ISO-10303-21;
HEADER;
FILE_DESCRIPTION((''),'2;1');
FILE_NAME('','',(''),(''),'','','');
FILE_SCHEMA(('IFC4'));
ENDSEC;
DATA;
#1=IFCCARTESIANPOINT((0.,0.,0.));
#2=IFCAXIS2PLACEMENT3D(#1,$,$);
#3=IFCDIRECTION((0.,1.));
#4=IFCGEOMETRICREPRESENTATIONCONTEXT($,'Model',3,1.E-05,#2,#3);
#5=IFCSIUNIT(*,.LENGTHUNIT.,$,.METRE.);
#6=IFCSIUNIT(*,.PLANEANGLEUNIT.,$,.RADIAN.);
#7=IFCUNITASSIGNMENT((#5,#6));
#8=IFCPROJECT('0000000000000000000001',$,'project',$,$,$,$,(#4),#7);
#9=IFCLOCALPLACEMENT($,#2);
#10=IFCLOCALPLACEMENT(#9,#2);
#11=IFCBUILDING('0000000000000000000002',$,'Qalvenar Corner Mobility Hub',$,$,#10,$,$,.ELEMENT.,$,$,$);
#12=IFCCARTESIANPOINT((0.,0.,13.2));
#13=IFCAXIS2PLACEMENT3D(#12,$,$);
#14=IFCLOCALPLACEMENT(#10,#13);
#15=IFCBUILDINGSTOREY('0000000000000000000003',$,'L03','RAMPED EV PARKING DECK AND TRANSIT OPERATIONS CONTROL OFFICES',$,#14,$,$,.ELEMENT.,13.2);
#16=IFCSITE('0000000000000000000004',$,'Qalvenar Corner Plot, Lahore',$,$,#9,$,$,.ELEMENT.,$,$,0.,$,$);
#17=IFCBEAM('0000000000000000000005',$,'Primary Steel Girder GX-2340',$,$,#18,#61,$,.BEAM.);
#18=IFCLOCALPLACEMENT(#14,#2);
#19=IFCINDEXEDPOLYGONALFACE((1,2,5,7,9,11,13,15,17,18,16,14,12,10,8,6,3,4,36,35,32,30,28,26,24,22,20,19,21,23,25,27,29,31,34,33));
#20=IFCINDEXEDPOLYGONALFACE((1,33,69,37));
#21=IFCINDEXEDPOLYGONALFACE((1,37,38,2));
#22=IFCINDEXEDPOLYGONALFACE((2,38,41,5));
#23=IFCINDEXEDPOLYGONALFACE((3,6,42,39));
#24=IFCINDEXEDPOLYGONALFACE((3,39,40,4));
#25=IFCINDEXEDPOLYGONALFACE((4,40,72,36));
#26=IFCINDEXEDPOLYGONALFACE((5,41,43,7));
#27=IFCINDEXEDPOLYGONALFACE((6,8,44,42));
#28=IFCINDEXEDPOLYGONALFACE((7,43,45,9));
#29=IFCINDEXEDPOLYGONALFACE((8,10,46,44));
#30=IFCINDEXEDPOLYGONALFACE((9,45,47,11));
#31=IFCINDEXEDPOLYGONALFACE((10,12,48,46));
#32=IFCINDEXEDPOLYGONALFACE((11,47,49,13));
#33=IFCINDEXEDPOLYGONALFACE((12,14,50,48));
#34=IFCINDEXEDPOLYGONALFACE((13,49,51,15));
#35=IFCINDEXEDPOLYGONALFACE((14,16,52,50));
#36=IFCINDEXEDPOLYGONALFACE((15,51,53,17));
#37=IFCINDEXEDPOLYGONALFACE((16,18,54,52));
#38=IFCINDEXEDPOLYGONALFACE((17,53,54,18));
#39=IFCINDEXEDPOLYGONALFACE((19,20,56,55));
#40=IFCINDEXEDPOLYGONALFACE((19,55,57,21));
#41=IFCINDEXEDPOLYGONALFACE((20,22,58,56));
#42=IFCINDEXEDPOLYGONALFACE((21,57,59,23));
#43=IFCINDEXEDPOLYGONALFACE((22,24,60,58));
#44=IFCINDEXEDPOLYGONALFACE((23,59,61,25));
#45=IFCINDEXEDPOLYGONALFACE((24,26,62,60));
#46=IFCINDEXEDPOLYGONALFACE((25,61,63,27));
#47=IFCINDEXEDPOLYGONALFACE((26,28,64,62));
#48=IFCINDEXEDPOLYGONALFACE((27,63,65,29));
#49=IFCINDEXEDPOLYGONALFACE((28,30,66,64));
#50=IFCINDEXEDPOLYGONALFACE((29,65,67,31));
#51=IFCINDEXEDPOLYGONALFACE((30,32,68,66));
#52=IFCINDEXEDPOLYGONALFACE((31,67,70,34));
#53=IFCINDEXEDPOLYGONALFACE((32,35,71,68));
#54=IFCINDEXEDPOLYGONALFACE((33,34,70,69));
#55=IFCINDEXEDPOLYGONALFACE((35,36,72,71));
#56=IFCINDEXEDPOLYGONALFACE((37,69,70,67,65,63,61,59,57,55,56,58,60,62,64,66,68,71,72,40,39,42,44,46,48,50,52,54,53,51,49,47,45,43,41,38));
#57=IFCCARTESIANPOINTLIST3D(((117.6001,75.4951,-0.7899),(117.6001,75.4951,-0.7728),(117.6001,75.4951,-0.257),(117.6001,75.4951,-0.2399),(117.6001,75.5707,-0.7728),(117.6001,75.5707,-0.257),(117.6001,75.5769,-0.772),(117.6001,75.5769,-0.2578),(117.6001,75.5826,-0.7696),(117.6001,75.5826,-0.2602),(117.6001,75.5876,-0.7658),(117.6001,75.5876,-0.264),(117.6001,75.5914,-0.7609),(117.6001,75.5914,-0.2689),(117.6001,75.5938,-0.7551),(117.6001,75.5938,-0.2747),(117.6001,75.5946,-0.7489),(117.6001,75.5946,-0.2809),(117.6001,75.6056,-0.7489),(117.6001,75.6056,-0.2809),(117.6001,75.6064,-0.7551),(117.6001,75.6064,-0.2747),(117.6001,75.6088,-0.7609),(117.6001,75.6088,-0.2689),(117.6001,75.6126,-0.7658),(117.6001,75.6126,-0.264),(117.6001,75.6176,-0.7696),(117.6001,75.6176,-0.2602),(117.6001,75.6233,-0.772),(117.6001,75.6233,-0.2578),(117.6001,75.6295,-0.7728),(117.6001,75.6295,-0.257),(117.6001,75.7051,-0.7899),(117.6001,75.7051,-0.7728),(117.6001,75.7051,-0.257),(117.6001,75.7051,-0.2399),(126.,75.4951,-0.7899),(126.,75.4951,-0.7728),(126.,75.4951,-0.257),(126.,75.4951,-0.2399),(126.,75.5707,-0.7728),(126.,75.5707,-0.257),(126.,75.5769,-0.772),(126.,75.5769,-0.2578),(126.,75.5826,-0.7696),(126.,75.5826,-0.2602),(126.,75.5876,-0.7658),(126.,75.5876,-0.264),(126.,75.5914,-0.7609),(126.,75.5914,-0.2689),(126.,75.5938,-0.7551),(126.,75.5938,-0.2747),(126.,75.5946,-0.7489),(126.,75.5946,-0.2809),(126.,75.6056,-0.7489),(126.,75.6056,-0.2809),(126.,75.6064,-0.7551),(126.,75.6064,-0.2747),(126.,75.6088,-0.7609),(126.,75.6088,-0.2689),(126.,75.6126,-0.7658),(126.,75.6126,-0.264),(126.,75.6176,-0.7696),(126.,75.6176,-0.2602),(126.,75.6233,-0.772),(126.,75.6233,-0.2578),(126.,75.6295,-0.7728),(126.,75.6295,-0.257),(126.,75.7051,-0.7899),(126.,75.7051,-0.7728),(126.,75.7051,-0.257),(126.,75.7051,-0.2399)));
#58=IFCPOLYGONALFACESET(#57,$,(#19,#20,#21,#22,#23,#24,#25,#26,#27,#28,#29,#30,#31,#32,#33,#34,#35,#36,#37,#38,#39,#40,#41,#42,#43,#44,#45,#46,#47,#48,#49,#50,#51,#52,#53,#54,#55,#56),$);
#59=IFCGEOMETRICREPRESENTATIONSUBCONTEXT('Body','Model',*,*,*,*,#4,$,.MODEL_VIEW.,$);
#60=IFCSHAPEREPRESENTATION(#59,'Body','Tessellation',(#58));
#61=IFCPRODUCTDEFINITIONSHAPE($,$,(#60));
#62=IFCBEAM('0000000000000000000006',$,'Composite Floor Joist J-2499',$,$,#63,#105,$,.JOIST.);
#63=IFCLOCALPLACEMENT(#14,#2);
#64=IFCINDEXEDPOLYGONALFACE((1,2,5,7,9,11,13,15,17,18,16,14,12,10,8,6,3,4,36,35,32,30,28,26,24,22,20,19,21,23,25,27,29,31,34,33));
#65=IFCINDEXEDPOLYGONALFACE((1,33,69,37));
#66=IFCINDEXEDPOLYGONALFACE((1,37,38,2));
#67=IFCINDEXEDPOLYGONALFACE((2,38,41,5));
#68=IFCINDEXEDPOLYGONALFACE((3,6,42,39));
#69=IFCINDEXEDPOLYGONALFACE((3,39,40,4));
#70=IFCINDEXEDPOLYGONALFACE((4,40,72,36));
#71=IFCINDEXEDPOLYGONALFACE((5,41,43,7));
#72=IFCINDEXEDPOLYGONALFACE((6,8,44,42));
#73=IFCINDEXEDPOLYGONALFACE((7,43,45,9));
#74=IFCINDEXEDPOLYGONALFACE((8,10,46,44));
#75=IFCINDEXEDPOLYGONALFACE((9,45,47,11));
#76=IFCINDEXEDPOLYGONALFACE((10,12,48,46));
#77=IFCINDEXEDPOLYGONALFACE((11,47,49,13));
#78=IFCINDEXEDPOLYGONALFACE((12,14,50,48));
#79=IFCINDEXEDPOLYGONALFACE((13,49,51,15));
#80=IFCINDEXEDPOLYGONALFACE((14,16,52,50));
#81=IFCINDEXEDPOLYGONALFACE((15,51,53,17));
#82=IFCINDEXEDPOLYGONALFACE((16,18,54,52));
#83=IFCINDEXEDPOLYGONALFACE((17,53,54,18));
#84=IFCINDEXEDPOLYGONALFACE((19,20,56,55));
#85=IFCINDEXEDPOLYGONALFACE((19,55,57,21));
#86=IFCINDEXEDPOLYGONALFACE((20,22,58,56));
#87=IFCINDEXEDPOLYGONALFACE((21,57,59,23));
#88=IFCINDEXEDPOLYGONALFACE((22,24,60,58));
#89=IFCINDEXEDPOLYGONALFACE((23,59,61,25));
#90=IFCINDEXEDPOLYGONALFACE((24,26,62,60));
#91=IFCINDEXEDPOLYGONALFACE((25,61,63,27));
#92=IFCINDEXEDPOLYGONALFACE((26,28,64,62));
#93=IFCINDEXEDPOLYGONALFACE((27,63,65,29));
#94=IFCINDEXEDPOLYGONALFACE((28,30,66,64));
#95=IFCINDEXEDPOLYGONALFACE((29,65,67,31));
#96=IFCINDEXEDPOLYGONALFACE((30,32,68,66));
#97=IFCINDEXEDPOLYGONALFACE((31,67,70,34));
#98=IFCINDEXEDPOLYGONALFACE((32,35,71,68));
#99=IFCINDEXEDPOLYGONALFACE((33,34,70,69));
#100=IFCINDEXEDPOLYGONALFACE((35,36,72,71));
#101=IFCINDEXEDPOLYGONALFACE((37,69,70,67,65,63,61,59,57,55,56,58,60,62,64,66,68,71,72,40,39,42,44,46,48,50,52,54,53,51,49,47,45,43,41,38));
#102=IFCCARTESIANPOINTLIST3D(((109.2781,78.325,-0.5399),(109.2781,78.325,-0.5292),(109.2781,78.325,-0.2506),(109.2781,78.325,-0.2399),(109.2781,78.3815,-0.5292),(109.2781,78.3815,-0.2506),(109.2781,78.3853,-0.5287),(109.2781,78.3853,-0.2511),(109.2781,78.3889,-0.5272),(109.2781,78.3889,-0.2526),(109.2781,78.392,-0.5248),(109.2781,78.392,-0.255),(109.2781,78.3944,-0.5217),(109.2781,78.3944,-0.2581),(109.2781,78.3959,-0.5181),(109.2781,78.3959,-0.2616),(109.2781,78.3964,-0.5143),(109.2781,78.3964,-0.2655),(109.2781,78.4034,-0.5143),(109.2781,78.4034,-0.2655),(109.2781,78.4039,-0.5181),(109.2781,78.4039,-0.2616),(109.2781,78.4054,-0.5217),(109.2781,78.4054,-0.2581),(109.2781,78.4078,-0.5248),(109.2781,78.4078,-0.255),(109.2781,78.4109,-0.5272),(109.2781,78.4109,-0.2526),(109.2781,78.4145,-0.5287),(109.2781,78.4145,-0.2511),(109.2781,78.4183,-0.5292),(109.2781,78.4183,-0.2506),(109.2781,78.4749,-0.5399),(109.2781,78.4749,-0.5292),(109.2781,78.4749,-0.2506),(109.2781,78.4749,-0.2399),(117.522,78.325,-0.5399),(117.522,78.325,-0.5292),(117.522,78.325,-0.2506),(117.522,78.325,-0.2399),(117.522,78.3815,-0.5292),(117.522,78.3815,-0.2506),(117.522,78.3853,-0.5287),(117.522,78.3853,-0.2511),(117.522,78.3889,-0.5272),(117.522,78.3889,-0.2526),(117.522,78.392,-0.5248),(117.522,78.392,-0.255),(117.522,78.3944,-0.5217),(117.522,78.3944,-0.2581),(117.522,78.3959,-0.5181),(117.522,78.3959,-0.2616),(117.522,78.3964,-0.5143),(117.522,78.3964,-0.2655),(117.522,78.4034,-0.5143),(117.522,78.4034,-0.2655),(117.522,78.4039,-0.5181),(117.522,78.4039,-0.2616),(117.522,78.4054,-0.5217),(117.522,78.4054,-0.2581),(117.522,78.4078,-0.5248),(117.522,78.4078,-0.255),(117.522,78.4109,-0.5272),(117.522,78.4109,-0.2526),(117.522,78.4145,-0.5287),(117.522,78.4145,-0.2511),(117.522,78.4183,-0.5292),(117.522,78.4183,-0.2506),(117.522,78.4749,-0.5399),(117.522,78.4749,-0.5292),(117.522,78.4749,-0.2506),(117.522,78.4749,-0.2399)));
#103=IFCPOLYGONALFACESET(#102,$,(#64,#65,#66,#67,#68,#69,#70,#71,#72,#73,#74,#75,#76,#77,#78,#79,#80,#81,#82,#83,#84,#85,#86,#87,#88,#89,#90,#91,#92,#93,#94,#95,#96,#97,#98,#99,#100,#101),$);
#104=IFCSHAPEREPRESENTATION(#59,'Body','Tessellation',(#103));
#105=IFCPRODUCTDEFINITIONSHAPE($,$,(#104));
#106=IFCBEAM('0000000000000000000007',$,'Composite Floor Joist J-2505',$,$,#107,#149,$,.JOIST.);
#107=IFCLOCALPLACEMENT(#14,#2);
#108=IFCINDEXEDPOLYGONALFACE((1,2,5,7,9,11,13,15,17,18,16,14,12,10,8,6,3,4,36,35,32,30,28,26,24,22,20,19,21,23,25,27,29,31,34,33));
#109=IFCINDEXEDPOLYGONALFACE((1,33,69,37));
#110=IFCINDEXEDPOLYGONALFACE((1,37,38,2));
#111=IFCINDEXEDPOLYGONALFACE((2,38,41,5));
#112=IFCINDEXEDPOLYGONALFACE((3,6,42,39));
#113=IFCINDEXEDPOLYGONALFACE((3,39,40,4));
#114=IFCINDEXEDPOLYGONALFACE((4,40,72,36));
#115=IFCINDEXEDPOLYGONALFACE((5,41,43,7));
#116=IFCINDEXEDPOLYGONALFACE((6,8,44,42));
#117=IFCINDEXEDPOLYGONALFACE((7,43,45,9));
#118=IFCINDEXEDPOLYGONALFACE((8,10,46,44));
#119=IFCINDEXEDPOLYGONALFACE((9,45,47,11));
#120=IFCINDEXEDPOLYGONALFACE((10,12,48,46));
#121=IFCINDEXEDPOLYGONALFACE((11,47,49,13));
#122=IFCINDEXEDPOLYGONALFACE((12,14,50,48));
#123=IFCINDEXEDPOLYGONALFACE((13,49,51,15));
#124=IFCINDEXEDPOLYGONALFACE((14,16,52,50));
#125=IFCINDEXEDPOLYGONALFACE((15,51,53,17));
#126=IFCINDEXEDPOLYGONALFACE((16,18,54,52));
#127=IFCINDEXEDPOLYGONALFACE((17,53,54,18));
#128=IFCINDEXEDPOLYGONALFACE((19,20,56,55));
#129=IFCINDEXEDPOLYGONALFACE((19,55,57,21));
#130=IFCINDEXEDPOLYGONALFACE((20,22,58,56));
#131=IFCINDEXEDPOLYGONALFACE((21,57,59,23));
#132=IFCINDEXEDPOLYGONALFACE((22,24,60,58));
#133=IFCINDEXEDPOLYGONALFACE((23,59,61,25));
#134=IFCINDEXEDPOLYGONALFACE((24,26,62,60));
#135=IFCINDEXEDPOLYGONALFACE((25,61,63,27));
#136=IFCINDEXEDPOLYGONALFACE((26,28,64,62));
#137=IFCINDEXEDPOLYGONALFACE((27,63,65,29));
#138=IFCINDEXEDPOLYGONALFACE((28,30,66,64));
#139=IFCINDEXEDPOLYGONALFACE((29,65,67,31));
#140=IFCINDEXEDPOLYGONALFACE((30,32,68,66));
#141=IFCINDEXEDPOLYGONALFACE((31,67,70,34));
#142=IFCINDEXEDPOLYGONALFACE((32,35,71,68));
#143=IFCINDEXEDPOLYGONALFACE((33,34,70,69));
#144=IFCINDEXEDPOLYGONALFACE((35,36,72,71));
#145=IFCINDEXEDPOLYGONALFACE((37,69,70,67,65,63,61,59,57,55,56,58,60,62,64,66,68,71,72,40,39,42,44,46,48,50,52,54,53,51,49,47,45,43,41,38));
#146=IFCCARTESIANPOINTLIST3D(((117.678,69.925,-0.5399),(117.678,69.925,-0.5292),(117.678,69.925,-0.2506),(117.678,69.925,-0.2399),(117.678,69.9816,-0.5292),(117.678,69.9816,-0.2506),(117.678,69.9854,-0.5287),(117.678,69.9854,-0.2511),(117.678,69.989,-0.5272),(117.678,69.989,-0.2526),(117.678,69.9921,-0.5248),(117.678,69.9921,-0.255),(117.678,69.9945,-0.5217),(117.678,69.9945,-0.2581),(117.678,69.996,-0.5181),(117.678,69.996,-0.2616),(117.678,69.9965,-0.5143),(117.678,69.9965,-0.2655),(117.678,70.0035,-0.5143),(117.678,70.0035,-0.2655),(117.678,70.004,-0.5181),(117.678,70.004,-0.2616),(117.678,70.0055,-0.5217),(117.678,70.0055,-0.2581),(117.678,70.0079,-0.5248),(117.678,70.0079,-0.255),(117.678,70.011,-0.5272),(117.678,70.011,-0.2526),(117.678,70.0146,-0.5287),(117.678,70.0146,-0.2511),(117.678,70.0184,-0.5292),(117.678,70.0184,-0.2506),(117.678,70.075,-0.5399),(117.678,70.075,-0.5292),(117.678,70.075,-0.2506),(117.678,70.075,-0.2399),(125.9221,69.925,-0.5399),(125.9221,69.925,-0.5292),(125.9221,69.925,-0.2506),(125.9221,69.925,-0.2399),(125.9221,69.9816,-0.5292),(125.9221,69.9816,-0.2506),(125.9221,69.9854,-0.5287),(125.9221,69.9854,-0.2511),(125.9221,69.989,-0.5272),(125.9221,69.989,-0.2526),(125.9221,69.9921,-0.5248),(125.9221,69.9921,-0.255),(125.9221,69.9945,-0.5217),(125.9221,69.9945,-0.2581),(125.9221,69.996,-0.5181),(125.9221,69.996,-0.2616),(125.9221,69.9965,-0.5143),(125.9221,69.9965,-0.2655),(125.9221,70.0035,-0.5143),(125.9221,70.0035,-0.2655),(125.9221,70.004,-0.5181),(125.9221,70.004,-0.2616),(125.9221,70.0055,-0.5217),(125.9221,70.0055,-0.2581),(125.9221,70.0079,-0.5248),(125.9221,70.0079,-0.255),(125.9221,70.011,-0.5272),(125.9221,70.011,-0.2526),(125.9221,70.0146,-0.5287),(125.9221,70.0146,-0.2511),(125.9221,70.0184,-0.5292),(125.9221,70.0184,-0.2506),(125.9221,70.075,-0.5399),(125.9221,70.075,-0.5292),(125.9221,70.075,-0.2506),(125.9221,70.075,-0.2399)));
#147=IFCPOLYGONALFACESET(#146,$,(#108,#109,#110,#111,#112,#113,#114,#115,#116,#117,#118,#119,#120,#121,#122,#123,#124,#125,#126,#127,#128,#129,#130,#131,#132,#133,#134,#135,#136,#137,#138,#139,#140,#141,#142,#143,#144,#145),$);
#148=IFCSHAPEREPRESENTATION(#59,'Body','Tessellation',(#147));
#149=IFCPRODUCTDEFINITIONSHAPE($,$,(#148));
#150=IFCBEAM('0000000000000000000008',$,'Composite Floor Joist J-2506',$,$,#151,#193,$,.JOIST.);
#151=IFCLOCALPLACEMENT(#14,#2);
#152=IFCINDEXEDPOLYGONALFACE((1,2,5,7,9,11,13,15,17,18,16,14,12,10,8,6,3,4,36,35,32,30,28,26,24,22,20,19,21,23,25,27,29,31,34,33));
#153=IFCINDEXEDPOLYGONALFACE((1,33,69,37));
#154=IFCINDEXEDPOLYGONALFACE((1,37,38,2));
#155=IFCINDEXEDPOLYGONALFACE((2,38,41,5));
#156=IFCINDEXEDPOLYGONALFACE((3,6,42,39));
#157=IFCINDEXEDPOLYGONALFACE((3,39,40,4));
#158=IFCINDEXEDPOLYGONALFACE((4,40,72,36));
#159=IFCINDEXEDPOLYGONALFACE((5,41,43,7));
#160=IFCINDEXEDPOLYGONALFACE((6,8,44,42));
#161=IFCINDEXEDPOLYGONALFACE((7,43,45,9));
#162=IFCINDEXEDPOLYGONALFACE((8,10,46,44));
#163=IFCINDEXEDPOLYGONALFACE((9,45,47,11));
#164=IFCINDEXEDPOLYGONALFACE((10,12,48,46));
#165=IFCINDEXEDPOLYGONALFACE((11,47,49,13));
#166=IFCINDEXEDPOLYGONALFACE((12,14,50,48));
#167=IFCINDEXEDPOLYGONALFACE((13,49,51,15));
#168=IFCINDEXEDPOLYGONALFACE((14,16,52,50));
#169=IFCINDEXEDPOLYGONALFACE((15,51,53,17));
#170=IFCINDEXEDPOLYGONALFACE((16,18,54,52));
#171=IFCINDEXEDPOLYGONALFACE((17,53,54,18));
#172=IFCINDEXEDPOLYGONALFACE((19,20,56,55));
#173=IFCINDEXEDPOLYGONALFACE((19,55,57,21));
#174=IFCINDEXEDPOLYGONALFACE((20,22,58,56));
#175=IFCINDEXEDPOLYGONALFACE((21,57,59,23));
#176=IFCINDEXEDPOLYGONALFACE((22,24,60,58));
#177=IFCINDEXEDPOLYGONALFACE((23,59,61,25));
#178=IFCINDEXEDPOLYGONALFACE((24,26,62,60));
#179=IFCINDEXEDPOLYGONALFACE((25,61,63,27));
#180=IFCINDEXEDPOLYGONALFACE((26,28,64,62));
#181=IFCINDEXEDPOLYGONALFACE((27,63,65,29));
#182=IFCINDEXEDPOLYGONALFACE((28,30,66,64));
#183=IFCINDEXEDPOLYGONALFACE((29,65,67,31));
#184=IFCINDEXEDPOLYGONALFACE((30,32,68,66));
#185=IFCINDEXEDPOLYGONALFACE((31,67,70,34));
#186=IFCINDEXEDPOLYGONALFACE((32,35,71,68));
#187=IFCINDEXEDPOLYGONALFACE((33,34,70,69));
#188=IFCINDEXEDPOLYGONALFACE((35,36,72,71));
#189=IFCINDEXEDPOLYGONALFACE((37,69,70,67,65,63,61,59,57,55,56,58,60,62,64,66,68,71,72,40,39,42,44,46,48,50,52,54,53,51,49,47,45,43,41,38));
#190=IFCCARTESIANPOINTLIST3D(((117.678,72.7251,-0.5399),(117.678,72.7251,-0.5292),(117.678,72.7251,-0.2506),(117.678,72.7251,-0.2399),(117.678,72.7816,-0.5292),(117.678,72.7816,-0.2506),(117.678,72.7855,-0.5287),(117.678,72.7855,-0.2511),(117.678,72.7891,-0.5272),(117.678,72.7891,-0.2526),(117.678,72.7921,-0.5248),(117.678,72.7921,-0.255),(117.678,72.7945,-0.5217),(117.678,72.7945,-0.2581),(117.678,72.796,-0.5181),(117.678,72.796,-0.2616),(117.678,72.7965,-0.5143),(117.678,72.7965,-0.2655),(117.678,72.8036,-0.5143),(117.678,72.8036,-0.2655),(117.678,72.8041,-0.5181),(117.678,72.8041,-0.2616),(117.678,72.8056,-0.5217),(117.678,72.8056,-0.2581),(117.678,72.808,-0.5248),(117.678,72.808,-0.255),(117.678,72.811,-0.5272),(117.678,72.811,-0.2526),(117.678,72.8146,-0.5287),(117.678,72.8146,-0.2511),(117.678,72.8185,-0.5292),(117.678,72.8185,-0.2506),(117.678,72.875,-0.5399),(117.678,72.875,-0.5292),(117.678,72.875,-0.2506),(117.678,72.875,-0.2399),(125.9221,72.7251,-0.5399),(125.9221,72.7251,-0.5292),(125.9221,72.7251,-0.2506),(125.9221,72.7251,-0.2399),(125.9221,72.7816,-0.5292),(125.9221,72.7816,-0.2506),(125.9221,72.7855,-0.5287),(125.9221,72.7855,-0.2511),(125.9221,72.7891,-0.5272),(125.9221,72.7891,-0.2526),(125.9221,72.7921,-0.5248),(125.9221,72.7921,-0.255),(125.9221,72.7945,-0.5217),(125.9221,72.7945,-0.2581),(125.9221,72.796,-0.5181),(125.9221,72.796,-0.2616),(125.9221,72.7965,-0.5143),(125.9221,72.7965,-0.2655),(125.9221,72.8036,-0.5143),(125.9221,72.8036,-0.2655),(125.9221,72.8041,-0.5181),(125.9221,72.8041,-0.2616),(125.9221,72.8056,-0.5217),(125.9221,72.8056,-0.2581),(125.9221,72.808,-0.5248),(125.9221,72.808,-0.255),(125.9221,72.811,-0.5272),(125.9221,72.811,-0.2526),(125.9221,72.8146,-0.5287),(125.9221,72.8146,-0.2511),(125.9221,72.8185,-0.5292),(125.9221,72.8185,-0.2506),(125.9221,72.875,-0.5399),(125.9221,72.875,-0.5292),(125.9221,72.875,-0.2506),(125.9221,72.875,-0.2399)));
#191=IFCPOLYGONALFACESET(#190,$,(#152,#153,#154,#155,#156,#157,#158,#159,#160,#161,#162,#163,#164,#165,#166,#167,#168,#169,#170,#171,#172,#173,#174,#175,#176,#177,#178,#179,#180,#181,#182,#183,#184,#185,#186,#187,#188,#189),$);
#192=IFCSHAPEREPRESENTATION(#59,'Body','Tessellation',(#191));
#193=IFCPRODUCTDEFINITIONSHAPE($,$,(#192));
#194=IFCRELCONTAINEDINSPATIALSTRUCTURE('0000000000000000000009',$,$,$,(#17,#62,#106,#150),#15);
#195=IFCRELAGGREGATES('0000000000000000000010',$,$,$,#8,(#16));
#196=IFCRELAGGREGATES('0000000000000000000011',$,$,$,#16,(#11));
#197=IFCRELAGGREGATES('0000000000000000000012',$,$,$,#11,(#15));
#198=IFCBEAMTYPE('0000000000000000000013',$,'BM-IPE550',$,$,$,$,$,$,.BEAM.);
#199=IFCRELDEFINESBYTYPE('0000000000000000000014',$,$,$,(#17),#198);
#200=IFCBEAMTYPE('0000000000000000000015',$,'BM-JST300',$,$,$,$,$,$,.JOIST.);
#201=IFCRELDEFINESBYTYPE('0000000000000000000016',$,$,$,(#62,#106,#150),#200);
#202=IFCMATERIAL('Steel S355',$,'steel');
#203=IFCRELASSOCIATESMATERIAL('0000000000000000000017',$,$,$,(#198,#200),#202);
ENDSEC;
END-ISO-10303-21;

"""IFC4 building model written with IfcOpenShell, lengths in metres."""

from ifc_helpers import new_model, si_unit, direction, frame, origin, origin_2d, place, context, subcontext, project, spatial, i_section, extrude, material, material_profile, profile_set, type_object, element, save


model = new_model("IFC4")

# Units and contexts
model_context = context("Model", 3, precision=1e-05, world=origin(), true_north=direction((0.0, 1.0)))
body_context = subcontext(model_context, "Body", "Model", "MODEL_VIEW")
ifc_project = project(units=[si_unit("LENGTHUNIT", "METRE"), si_unit("PLANEANGLEUNIT", "RADIAN")], contexts=[model_context])

# Site, building, storey
site_placement = place(None, origin())
site = spatial("IfcSite", under=ifc_project, at=site_placement, Name="Qalvenar Corner Plot, Lahore", CompositionType="ELEMENT", RefElevation=0.0)
building_placement = place(site_placement, origin())
building = spatial("IfcBuilding", under=site, at=building_placement, Name="Qalvenar Corner Mobility Hub", CompositionType="ELEMENT")
storey_placement = place(building_placement, frame((0.0, 0.0, 13.2)))
storey = spatial("IfcBuildingStorey", under=building, at=storey_placement, Name="L03", Description="RAMPED EV PARKING DECK AND TRANSIT OPERATIONS CONTROL OFFICES", CompositionType="ELEMENT", Elevation=13.2)

# Shared definitions
ifc_material = material(Name="Steel S355", Category="steel")

# Beams
ifc_material_profile_1 = material_profile(ifc_material, i_section(OverallWidth=0.21, OverallDepth=0.55, WebThickness=0.011, FlangeThickness=0.0171, FilletRadius=0.0239, at=origin_2d()), Name="IPE550")
ifc_profile_set_1 = profile_set([ifc_material_profile_1], Name="Steel S355")
beam_type_1 = type_object("IfcBeamType", Name="BM-IPE550", PredefinedType="BEAM", material=ifc_profile_set_1)
beam_1_placement = place(storey_placement, frame((117.6001, 75.6001, -0.5149), z_axis=(1.0, 0.0, 0.0), x_axis=(0.0, 1.0, 0.0)))
element("IfcBeam", 1, at=beam_1_placement, inside=storey, type_object=beam_type_1, Name="Primary Steel Girder GX-2340", PredefinedType="BEAM", context=body_context, shape_type="SweptSolid", body=[
    extrude(i_section(OverallWidth=0.21, OverallDepth=0.55, WebThickness=0.011, FlangeThickness=0.0171, FilletRadius=0.0239, at=origin_2d()), origin(), (0.0, 0.0, 1.0), 8.3999),
])
ifc_material_profile_2 = material_profile(ifc_material, i_section(OverallWidth=0.1499, OverallDepth=0.3, WebThickness=0.0071, FlangeThickness=0.0107, FilletRadius=0.0149, at=origin_2d()), Name="IPE300")
ifc_profile_set_2 = profile_set([ifc_material_profile_2], Name="Steel S355")
beam_type_2 = type_object("IfcBeamType", Name="BM-JST300", PredefinedType="JOIST", material=ifc_profile_set_2)
beam_2_placement = place(storey_placement, frame((109.2781, 78.3999, -0.3899), z_axis=(1.0, 0.0, 0.0), x_axis=(0.0, 1.0, 0.0)))
element("IfcBeam", 2, at=beam_2_placement, inside=storey, type_object=beam_type_2, Name="Composite Floor Joist J-2499", PredefinedType="JOIST", context=body_context, shape_type="SweptSolid", body=[
    extrude(i_section(OverallWidth=0.1499, OverallDepth=0.3, WebThickness=0.0071, FlangeThickness=0.0107, FilletRadius=0.0149, at=origin_2d()), origin(), (0.0, 0.0, 1.0), 8.2439),
])
for number, where, z_axis, x_axis, name in (
    (3, (117.678, 70.0, -0.3899), (1.0, 0.0, 0.0), (0.0, 1.0, 0.0), "Composite Floor Joist J-2505"),
    (4, (117.678, 72.8, -0.3899), (1.0, 0.0, 0.0), (0.0, 1.0, 0.0), "Composite Floor Joist J-2506"),
):
    element("IfcBeam", number, at=place(storey_placement, frame(where, z_axis=z_axis, x_axis=x_axis)), inside=storey, type_object=beam_type_2, Name=name, PredefinedType="JOIST", context=body_context, shape_type="SweptSolid", body=[
        extrude(i_section(OverallWidth=0.1499, OverallDepth=0.3, WebThickness=0.0071, FlangeThickness=0.0107, FilletRadius=0.0149, at=origin_2d()), origin(), (0.0, 0.0, 1.0), 8.2441),
    ])

save(model, "model.ifc")
